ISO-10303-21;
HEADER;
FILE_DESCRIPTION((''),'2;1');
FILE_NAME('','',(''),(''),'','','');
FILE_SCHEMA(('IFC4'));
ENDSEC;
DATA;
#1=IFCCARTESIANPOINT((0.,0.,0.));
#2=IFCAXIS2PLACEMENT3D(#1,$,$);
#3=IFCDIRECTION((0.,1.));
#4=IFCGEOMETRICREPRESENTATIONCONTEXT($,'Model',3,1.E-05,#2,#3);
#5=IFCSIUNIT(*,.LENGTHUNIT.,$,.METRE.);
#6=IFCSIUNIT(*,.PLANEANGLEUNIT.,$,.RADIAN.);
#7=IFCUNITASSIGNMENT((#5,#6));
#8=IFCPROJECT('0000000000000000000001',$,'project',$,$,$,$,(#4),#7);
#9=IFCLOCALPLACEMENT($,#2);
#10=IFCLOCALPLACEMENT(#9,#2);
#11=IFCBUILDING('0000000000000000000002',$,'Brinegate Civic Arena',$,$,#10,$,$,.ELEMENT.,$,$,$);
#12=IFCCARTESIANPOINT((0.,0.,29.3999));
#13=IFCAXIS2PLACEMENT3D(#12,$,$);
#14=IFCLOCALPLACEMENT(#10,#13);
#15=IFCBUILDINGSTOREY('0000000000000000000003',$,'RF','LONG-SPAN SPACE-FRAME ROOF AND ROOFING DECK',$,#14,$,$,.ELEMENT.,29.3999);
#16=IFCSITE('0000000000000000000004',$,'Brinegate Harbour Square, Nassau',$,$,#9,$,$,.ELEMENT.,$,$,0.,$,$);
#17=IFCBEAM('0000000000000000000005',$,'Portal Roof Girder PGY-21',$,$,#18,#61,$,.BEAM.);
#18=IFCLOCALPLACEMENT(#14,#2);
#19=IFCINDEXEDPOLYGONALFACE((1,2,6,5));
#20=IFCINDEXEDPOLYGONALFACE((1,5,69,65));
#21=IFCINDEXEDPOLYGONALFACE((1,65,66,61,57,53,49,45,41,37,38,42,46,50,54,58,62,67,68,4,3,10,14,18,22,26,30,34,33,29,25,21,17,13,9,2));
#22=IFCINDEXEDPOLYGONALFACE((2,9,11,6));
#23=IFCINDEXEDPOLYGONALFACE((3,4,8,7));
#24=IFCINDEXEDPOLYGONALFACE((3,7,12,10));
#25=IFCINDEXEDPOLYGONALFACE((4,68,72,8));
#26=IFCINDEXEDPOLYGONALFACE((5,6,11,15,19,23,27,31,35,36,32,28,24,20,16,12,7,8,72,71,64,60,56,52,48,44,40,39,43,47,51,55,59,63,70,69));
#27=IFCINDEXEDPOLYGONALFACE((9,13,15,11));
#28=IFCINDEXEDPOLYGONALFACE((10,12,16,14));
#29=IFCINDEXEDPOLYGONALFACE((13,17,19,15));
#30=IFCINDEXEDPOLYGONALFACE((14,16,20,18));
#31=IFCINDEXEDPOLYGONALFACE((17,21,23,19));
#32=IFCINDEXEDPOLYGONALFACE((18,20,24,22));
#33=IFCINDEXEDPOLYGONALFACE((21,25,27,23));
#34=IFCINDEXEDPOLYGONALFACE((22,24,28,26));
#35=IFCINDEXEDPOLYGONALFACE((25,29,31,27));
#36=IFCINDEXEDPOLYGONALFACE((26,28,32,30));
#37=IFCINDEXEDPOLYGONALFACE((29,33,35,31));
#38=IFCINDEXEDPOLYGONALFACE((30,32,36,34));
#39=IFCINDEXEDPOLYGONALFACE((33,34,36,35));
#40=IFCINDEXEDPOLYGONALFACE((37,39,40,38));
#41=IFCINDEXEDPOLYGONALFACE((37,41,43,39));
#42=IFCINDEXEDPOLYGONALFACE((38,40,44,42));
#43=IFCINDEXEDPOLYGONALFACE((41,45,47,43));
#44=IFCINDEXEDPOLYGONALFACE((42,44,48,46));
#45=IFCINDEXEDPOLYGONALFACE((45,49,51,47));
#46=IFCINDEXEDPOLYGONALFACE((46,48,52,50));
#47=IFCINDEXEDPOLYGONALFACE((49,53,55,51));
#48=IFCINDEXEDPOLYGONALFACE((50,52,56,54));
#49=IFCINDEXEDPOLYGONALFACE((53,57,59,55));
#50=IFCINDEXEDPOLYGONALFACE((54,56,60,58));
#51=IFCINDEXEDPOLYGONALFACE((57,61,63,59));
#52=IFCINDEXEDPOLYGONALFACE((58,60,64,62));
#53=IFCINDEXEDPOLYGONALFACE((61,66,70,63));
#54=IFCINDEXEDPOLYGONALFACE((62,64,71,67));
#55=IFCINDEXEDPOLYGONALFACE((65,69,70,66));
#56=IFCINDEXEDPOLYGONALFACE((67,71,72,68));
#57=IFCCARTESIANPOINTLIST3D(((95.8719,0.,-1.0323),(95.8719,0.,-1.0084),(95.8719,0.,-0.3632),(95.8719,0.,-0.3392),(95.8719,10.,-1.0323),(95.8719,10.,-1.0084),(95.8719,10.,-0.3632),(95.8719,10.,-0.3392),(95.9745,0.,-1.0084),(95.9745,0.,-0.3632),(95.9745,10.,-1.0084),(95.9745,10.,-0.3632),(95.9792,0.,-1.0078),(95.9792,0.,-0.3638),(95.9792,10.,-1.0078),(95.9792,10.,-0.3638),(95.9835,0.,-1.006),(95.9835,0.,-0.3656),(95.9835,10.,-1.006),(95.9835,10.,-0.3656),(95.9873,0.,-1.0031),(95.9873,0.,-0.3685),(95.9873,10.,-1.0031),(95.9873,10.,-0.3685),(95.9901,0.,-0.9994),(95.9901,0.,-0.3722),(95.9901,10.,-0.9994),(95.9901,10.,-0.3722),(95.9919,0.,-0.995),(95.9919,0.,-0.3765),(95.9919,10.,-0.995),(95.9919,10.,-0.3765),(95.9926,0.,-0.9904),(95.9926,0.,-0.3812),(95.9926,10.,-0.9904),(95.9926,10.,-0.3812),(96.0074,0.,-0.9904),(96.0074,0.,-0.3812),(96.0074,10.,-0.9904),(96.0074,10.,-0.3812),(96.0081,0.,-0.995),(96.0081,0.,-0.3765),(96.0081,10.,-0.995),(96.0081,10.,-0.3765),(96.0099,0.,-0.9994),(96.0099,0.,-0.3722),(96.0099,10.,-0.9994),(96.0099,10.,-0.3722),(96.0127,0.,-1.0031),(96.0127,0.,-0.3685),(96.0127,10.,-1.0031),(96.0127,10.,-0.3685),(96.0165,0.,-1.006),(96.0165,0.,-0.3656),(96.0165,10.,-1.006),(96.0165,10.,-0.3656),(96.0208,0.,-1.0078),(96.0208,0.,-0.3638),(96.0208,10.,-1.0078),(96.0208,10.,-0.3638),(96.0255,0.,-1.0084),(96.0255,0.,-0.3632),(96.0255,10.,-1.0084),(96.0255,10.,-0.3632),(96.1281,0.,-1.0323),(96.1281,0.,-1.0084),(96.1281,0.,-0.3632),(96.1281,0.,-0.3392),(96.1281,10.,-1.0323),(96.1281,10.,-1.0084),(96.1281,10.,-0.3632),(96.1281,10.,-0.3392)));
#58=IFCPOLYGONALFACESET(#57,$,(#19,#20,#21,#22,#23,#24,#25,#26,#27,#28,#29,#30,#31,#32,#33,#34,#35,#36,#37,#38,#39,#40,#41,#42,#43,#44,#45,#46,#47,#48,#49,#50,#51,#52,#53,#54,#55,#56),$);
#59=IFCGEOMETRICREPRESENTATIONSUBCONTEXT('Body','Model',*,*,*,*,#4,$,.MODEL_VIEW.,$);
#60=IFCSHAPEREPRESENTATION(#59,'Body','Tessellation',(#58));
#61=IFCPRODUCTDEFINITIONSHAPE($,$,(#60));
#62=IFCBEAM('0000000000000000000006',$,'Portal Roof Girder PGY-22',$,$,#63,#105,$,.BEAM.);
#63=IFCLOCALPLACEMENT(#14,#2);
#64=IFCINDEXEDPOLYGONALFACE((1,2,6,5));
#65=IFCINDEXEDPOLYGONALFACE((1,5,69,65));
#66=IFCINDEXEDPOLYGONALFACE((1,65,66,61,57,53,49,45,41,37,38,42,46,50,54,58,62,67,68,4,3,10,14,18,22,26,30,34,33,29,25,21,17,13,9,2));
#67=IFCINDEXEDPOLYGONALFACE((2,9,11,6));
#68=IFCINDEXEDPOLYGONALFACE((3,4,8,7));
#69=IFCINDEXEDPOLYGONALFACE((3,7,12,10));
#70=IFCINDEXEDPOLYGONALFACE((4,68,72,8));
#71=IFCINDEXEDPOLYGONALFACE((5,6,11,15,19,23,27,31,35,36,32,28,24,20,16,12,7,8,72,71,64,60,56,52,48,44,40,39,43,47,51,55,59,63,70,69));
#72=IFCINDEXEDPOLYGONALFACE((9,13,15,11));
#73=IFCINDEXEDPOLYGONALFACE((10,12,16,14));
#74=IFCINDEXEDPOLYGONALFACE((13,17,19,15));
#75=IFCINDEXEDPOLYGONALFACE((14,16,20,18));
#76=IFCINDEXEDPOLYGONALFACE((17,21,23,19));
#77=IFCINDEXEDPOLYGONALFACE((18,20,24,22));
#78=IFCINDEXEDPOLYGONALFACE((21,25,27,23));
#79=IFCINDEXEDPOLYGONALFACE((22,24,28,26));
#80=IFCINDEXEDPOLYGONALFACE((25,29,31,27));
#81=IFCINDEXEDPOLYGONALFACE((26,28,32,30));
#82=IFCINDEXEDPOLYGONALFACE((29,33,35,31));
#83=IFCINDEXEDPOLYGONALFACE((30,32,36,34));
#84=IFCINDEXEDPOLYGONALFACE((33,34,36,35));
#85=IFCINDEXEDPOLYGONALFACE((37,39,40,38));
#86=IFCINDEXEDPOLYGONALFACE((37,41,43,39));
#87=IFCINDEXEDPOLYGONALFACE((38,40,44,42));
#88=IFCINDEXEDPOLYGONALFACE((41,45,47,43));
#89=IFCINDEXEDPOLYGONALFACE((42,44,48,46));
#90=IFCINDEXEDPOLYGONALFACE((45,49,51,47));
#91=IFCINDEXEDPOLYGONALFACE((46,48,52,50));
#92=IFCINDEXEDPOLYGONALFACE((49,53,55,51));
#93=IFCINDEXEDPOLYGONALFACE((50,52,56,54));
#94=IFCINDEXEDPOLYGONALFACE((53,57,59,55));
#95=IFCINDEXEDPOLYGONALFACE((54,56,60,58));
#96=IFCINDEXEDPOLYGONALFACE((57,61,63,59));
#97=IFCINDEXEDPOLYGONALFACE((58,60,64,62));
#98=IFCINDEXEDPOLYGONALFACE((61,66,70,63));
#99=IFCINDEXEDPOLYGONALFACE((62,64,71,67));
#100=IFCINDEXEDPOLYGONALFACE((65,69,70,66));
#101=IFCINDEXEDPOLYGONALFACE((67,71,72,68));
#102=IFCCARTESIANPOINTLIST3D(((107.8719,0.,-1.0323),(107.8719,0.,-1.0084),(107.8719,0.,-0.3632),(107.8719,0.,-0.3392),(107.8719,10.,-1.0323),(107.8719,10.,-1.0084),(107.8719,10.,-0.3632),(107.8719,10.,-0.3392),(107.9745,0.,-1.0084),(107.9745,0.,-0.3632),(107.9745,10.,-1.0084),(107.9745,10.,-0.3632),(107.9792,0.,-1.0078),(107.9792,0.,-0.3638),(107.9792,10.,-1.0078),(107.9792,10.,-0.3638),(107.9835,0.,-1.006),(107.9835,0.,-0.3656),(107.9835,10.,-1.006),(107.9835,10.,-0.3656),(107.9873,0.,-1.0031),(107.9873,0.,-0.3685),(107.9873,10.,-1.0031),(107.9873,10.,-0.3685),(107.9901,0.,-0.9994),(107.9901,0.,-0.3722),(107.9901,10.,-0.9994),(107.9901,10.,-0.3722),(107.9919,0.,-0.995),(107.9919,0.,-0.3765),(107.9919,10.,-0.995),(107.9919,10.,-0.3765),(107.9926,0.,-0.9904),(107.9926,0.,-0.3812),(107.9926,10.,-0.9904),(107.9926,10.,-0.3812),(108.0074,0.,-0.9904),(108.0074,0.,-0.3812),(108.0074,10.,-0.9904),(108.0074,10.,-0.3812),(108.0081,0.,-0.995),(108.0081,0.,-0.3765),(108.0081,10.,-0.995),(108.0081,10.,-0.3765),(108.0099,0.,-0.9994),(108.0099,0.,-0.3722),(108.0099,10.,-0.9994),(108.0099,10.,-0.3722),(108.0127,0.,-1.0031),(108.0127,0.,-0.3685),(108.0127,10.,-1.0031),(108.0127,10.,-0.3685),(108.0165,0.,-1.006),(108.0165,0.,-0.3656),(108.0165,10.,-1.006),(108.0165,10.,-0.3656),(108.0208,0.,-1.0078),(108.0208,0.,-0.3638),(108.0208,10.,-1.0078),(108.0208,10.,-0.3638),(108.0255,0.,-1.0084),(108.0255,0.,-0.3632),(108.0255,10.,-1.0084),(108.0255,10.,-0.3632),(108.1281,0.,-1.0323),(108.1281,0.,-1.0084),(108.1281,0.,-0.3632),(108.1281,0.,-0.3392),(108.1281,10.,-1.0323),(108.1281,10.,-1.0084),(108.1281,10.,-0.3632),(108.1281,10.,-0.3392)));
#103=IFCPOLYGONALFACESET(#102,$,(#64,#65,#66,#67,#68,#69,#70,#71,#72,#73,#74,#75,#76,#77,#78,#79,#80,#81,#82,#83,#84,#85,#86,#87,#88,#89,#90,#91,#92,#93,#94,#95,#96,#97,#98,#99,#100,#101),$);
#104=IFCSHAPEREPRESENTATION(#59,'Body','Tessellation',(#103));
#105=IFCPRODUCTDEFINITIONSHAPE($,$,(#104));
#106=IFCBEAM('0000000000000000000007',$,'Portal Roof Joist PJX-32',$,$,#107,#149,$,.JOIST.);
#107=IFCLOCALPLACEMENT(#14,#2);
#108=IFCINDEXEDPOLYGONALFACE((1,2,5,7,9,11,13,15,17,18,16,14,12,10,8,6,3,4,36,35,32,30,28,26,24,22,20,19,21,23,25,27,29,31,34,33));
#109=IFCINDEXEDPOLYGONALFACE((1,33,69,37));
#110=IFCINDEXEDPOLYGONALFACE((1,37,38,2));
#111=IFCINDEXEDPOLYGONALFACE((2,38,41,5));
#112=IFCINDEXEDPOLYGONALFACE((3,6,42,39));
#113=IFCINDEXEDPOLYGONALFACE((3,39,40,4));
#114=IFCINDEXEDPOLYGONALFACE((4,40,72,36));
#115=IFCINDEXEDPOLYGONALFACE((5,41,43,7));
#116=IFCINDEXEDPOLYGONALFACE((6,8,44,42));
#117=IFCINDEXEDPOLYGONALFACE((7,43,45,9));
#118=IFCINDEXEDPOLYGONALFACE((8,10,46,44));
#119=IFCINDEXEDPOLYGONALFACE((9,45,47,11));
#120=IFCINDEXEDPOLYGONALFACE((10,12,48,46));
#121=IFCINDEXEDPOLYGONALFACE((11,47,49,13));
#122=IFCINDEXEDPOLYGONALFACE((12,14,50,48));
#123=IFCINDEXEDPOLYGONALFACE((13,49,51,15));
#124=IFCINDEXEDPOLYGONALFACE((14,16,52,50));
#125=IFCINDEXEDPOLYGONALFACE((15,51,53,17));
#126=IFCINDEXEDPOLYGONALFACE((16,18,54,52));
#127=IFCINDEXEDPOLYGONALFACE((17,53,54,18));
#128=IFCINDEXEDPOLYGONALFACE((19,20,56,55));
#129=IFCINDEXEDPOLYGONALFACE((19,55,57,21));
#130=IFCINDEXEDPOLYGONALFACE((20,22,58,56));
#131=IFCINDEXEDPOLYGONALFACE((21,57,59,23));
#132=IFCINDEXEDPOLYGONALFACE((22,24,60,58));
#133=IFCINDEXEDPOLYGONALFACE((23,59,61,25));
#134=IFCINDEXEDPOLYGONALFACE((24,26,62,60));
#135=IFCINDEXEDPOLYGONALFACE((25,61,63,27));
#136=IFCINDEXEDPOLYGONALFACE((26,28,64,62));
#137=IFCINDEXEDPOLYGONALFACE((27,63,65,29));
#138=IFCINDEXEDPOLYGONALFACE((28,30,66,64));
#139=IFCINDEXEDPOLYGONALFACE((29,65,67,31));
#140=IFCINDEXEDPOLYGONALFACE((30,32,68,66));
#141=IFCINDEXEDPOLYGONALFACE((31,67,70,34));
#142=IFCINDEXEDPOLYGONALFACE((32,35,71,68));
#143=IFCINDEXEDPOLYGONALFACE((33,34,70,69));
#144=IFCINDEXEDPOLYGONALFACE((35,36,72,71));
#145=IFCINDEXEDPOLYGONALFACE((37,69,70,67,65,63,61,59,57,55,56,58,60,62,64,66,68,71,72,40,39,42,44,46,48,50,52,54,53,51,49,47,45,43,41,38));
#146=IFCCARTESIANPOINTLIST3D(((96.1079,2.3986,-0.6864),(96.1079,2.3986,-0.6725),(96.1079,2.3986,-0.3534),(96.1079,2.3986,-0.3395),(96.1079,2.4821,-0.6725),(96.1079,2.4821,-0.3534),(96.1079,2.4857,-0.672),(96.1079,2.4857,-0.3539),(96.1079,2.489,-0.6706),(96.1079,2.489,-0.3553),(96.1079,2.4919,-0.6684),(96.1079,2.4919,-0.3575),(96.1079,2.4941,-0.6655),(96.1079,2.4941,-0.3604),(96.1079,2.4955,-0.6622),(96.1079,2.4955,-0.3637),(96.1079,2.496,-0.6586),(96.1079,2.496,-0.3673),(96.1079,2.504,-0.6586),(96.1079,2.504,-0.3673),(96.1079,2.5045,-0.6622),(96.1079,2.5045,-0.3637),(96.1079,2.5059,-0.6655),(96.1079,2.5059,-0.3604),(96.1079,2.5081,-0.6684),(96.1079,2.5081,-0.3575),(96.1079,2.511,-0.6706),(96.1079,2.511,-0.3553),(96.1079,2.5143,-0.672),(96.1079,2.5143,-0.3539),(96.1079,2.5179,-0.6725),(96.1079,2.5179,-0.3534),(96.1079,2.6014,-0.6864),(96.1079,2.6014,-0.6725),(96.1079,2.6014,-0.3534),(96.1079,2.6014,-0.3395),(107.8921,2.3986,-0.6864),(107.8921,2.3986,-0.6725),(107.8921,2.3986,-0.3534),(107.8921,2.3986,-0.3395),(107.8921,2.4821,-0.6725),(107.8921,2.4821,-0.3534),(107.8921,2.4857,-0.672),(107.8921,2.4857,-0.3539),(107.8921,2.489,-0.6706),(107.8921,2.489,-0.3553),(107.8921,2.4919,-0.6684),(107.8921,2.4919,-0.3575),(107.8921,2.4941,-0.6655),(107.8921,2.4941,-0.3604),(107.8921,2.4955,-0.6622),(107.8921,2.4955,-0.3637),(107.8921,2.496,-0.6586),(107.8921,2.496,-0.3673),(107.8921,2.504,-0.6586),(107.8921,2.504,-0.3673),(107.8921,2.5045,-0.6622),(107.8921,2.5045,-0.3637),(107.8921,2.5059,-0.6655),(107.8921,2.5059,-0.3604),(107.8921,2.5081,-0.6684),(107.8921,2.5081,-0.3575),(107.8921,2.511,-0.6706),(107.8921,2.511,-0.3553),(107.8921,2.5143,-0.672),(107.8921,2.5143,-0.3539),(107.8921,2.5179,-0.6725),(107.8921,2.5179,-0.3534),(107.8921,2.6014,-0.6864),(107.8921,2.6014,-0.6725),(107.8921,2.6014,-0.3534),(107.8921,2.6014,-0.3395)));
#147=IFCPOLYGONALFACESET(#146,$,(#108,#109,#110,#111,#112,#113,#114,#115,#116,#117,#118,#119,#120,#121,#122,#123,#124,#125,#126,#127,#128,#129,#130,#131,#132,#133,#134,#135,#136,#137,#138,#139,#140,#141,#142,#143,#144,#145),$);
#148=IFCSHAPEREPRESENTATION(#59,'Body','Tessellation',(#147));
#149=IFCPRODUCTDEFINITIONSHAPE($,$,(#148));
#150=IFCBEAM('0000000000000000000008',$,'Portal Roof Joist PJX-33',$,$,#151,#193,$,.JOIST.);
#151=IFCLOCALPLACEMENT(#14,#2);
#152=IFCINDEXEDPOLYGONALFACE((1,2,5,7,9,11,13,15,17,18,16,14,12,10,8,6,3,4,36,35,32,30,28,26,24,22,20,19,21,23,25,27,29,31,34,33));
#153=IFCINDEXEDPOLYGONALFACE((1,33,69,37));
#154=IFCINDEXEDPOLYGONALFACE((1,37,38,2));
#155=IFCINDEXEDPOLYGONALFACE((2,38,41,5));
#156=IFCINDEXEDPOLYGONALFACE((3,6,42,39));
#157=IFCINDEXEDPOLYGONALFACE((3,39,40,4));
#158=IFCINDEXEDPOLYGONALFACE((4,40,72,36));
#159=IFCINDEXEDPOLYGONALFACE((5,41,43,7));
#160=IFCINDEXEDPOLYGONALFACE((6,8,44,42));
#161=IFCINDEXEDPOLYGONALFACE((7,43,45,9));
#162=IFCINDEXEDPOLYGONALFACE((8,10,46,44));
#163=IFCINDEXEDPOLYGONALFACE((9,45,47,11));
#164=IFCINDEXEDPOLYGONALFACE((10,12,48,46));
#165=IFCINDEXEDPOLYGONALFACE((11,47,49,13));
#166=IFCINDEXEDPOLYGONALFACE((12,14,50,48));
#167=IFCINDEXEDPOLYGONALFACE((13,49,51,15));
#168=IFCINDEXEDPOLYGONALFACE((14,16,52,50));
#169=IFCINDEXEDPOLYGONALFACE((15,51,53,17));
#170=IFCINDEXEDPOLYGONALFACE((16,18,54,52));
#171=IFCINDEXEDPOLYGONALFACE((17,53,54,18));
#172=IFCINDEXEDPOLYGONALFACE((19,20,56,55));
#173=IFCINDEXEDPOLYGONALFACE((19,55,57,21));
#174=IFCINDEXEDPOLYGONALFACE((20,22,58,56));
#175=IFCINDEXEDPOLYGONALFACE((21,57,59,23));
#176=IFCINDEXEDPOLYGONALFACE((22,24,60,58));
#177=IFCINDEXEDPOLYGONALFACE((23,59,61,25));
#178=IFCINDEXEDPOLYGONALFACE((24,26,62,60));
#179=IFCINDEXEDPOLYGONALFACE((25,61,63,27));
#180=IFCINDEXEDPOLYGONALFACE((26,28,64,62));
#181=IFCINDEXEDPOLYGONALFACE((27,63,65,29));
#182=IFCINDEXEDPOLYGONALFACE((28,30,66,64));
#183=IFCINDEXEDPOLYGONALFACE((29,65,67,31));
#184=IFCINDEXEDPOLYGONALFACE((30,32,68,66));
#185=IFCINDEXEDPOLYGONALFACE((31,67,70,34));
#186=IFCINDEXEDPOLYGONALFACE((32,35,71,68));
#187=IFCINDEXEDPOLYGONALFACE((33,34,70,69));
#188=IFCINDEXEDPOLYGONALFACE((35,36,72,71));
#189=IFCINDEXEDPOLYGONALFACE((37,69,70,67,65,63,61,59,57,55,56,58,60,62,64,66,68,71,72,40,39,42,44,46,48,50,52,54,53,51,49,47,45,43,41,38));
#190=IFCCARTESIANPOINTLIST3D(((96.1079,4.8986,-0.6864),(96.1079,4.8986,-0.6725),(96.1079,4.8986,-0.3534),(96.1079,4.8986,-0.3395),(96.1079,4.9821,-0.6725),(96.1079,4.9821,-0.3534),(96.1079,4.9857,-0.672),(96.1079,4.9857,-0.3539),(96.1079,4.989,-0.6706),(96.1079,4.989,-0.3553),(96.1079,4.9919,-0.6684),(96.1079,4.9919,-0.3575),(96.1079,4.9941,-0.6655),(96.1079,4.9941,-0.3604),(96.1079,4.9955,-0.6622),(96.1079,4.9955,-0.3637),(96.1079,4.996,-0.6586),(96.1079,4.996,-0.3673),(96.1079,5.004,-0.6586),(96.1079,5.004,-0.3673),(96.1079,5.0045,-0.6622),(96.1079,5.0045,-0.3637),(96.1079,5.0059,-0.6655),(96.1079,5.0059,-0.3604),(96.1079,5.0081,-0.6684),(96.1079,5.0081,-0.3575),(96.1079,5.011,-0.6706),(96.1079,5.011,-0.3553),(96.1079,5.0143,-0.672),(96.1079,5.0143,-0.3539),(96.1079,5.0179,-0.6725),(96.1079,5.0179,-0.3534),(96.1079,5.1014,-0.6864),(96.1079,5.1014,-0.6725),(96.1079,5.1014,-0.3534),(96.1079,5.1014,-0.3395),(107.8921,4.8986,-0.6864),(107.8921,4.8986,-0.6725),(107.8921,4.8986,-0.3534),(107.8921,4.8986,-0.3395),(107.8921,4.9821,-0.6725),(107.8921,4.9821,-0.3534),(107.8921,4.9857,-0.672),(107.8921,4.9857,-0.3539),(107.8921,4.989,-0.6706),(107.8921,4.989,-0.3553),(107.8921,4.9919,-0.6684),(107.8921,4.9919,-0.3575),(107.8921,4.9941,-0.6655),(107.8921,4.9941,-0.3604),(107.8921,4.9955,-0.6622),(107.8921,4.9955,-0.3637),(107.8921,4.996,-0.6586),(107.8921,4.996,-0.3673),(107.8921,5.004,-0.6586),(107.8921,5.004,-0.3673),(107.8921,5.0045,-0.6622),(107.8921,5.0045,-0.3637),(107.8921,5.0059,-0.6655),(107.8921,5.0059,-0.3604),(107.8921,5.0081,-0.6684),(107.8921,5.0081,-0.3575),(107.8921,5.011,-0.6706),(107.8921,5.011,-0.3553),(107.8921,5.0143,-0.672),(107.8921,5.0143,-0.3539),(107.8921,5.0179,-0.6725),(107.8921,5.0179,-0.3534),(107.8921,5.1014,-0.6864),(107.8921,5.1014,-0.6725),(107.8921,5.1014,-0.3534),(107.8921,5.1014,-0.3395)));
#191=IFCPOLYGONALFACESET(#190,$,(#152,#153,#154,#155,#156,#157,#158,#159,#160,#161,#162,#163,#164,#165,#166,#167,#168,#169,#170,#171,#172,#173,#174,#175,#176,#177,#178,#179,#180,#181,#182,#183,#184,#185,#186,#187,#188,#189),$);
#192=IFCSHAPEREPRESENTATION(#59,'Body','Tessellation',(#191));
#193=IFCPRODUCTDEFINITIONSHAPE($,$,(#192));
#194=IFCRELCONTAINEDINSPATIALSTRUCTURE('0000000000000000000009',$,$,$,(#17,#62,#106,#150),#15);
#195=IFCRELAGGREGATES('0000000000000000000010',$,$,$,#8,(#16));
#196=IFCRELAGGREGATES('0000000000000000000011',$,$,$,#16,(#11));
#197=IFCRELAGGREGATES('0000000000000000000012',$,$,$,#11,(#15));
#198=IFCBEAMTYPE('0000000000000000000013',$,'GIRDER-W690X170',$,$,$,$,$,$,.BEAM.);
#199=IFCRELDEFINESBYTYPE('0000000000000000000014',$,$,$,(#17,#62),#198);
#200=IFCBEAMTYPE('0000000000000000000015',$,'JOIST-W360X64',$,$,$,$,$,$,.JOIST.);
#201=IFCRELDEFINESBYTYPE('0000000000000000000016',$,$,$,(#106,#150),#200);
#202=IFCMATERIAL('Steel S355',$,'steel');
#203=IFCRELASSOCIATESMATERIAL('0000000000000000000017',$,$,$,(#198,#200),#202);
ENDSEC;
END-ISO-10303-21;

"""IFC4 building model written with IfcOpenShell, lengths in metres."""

from ifc_helpers import new_model, si_unit, direction, frame, origin, origin_2d, place, context, subcontext, project, spatial, i_section, extrude, material, material_profile, profile_set, type_object, element, save


model = new_model("IFC4")

# Units and contexts
model_context = context("Model", 3, precision=1e-05, world=origin(), true_north=direction((0.0, 1.0)))
body_context = subcontext(model_context, "Body", "Model", "MODEL_VIEW")
ifc_project = project(units=[si_unit("LENGTHUNIT", "METRE"), si_unit("PLANEANGLEUNIT", "RADIAN")], contexts=[model_context])

# Site, building, storey
site_placement = place(None, origin())
site = spatial("IfcSite", under=ifc_project, at=site_placement, Name="Brinegate Harbour Square, Nassau", CompositionType="ELEMENT", RefElevation=0.0)
building_placement = place(site_placement, origin())
building = spatial("IfcBuilding", under=site, at=building_placement, Name="Brinegate Civic Arena", CompositionType="ELEMENT")
storey_placement = place(building_placement, frame((0.0, 0.0, 29.3999)))
storey = spatial("IfcBuildingStorey", under=building, at=storey_placement, Name="RF", Description="LONG-SPAN SPACE-FRAME ROOF AND ROOFING DECK", CompositionType="ELEMENT", Elevation=29.3999)

# Beams
ifc_material_1 = material(Name="Steel S355", Category="steel")
ifc_material_profile_1 = material_profile(ifc_material_1, i_section(OverallWidth=0.2561, OverallDepth=0.6931, WebThickness=0.0149, FlangeThickness=0.0239, FilletRadius=0.0181, at=origin_2d()), Name="W690X170")
ifc_profile_set_1 = profile_set([ifc_material_profile_1], Name="Steel S355")
beam_type_1 = type_object("IfcBeamType", Name="GIRDER-W690X170", PredefinedType="BEAM", material=ifc_profile_set_1)
for number, where, z_axis, x_axis, name in (
    (1, (96.0, 0.0, -0.6858), (0.0, 1.0, 0.0), (-1.0, 0.0, 0.0), "Portal Roof Girder PGY-21"),
    (2, (108.0, 0.0, -0.6858), (0.0, 1.0, 0.0), (-1.0, 0.0, 0.0), "Portal Roof Girder PGY-22"),
):
    element("IfcBeam", number, at=place(storey_placement, frame(where, z_axis=z_axis, x_axis=x_axis)), inside=storey, type_object=beam_type_1, Name=name, PredefinedType="BEAM", context=body_context, shape_type="SweptSolid", body=[
        extrude(i_section(OverallWidth=0.2561, OverallDepth=0.6931, WebThickness=0.0149, FlangeThickness=0.0239, FilletRadius=0.0181, at=origin_2d()), origin(), (0.0, 0.0, 1.0), 10.0),
    ])
ifc_material_profile_2 = material_profile(ifc_material_1, i_section(OverallWidth=0.2029, OverallDepth=0.3469, WebThickness=0.0081, FlangeThickness=0.0139, FilletRadius=0.0139, at=origin_2d()), Name="W360X64")
ifc_profile_set_2 = profile_set([ifc_material_profile_2], Name="Steel S355")
beam_type_2 = type_object("IfcBeamType", Name="JOIST-W360X64", PredefinedType="JOIST", material=ifc_profile_set_2)
for number, where, z_axis, x_axis, name in (
    (3, (96.1079, 2.5, -0.5129), (1.0, 0.0, 0.0), (0.0, 1.0, 0.0), "Portal Roof Joist PJX-32"),
    (4, (96.1079, 5.0, -0.5129), (1.0, 0.0, 0.0), (0.0, 1.0, 0.0), "Portal Roof Joist PJX-33"),
):
    element("IfcBeam", number, at=place(storey_placement, frame(where, z_axis=z_axis, x_axis=x_axis)), inside=storey, type_object=beam_type_2, Name=name, PredefinedType="JOIST", context=body_context, shape_type="SweptSolid", body=[
        extrude(i_section(OverallWidth=0.2029, OverallDepth=0.3469, WebThickness=0.0081, FlangeThickness=0.0139, FilletRadius=0.0139, at=origin_2d()), origin(), (0.0, 0.0, 1.0), 11.7842),
    ])

save(model, "model.ifc")
